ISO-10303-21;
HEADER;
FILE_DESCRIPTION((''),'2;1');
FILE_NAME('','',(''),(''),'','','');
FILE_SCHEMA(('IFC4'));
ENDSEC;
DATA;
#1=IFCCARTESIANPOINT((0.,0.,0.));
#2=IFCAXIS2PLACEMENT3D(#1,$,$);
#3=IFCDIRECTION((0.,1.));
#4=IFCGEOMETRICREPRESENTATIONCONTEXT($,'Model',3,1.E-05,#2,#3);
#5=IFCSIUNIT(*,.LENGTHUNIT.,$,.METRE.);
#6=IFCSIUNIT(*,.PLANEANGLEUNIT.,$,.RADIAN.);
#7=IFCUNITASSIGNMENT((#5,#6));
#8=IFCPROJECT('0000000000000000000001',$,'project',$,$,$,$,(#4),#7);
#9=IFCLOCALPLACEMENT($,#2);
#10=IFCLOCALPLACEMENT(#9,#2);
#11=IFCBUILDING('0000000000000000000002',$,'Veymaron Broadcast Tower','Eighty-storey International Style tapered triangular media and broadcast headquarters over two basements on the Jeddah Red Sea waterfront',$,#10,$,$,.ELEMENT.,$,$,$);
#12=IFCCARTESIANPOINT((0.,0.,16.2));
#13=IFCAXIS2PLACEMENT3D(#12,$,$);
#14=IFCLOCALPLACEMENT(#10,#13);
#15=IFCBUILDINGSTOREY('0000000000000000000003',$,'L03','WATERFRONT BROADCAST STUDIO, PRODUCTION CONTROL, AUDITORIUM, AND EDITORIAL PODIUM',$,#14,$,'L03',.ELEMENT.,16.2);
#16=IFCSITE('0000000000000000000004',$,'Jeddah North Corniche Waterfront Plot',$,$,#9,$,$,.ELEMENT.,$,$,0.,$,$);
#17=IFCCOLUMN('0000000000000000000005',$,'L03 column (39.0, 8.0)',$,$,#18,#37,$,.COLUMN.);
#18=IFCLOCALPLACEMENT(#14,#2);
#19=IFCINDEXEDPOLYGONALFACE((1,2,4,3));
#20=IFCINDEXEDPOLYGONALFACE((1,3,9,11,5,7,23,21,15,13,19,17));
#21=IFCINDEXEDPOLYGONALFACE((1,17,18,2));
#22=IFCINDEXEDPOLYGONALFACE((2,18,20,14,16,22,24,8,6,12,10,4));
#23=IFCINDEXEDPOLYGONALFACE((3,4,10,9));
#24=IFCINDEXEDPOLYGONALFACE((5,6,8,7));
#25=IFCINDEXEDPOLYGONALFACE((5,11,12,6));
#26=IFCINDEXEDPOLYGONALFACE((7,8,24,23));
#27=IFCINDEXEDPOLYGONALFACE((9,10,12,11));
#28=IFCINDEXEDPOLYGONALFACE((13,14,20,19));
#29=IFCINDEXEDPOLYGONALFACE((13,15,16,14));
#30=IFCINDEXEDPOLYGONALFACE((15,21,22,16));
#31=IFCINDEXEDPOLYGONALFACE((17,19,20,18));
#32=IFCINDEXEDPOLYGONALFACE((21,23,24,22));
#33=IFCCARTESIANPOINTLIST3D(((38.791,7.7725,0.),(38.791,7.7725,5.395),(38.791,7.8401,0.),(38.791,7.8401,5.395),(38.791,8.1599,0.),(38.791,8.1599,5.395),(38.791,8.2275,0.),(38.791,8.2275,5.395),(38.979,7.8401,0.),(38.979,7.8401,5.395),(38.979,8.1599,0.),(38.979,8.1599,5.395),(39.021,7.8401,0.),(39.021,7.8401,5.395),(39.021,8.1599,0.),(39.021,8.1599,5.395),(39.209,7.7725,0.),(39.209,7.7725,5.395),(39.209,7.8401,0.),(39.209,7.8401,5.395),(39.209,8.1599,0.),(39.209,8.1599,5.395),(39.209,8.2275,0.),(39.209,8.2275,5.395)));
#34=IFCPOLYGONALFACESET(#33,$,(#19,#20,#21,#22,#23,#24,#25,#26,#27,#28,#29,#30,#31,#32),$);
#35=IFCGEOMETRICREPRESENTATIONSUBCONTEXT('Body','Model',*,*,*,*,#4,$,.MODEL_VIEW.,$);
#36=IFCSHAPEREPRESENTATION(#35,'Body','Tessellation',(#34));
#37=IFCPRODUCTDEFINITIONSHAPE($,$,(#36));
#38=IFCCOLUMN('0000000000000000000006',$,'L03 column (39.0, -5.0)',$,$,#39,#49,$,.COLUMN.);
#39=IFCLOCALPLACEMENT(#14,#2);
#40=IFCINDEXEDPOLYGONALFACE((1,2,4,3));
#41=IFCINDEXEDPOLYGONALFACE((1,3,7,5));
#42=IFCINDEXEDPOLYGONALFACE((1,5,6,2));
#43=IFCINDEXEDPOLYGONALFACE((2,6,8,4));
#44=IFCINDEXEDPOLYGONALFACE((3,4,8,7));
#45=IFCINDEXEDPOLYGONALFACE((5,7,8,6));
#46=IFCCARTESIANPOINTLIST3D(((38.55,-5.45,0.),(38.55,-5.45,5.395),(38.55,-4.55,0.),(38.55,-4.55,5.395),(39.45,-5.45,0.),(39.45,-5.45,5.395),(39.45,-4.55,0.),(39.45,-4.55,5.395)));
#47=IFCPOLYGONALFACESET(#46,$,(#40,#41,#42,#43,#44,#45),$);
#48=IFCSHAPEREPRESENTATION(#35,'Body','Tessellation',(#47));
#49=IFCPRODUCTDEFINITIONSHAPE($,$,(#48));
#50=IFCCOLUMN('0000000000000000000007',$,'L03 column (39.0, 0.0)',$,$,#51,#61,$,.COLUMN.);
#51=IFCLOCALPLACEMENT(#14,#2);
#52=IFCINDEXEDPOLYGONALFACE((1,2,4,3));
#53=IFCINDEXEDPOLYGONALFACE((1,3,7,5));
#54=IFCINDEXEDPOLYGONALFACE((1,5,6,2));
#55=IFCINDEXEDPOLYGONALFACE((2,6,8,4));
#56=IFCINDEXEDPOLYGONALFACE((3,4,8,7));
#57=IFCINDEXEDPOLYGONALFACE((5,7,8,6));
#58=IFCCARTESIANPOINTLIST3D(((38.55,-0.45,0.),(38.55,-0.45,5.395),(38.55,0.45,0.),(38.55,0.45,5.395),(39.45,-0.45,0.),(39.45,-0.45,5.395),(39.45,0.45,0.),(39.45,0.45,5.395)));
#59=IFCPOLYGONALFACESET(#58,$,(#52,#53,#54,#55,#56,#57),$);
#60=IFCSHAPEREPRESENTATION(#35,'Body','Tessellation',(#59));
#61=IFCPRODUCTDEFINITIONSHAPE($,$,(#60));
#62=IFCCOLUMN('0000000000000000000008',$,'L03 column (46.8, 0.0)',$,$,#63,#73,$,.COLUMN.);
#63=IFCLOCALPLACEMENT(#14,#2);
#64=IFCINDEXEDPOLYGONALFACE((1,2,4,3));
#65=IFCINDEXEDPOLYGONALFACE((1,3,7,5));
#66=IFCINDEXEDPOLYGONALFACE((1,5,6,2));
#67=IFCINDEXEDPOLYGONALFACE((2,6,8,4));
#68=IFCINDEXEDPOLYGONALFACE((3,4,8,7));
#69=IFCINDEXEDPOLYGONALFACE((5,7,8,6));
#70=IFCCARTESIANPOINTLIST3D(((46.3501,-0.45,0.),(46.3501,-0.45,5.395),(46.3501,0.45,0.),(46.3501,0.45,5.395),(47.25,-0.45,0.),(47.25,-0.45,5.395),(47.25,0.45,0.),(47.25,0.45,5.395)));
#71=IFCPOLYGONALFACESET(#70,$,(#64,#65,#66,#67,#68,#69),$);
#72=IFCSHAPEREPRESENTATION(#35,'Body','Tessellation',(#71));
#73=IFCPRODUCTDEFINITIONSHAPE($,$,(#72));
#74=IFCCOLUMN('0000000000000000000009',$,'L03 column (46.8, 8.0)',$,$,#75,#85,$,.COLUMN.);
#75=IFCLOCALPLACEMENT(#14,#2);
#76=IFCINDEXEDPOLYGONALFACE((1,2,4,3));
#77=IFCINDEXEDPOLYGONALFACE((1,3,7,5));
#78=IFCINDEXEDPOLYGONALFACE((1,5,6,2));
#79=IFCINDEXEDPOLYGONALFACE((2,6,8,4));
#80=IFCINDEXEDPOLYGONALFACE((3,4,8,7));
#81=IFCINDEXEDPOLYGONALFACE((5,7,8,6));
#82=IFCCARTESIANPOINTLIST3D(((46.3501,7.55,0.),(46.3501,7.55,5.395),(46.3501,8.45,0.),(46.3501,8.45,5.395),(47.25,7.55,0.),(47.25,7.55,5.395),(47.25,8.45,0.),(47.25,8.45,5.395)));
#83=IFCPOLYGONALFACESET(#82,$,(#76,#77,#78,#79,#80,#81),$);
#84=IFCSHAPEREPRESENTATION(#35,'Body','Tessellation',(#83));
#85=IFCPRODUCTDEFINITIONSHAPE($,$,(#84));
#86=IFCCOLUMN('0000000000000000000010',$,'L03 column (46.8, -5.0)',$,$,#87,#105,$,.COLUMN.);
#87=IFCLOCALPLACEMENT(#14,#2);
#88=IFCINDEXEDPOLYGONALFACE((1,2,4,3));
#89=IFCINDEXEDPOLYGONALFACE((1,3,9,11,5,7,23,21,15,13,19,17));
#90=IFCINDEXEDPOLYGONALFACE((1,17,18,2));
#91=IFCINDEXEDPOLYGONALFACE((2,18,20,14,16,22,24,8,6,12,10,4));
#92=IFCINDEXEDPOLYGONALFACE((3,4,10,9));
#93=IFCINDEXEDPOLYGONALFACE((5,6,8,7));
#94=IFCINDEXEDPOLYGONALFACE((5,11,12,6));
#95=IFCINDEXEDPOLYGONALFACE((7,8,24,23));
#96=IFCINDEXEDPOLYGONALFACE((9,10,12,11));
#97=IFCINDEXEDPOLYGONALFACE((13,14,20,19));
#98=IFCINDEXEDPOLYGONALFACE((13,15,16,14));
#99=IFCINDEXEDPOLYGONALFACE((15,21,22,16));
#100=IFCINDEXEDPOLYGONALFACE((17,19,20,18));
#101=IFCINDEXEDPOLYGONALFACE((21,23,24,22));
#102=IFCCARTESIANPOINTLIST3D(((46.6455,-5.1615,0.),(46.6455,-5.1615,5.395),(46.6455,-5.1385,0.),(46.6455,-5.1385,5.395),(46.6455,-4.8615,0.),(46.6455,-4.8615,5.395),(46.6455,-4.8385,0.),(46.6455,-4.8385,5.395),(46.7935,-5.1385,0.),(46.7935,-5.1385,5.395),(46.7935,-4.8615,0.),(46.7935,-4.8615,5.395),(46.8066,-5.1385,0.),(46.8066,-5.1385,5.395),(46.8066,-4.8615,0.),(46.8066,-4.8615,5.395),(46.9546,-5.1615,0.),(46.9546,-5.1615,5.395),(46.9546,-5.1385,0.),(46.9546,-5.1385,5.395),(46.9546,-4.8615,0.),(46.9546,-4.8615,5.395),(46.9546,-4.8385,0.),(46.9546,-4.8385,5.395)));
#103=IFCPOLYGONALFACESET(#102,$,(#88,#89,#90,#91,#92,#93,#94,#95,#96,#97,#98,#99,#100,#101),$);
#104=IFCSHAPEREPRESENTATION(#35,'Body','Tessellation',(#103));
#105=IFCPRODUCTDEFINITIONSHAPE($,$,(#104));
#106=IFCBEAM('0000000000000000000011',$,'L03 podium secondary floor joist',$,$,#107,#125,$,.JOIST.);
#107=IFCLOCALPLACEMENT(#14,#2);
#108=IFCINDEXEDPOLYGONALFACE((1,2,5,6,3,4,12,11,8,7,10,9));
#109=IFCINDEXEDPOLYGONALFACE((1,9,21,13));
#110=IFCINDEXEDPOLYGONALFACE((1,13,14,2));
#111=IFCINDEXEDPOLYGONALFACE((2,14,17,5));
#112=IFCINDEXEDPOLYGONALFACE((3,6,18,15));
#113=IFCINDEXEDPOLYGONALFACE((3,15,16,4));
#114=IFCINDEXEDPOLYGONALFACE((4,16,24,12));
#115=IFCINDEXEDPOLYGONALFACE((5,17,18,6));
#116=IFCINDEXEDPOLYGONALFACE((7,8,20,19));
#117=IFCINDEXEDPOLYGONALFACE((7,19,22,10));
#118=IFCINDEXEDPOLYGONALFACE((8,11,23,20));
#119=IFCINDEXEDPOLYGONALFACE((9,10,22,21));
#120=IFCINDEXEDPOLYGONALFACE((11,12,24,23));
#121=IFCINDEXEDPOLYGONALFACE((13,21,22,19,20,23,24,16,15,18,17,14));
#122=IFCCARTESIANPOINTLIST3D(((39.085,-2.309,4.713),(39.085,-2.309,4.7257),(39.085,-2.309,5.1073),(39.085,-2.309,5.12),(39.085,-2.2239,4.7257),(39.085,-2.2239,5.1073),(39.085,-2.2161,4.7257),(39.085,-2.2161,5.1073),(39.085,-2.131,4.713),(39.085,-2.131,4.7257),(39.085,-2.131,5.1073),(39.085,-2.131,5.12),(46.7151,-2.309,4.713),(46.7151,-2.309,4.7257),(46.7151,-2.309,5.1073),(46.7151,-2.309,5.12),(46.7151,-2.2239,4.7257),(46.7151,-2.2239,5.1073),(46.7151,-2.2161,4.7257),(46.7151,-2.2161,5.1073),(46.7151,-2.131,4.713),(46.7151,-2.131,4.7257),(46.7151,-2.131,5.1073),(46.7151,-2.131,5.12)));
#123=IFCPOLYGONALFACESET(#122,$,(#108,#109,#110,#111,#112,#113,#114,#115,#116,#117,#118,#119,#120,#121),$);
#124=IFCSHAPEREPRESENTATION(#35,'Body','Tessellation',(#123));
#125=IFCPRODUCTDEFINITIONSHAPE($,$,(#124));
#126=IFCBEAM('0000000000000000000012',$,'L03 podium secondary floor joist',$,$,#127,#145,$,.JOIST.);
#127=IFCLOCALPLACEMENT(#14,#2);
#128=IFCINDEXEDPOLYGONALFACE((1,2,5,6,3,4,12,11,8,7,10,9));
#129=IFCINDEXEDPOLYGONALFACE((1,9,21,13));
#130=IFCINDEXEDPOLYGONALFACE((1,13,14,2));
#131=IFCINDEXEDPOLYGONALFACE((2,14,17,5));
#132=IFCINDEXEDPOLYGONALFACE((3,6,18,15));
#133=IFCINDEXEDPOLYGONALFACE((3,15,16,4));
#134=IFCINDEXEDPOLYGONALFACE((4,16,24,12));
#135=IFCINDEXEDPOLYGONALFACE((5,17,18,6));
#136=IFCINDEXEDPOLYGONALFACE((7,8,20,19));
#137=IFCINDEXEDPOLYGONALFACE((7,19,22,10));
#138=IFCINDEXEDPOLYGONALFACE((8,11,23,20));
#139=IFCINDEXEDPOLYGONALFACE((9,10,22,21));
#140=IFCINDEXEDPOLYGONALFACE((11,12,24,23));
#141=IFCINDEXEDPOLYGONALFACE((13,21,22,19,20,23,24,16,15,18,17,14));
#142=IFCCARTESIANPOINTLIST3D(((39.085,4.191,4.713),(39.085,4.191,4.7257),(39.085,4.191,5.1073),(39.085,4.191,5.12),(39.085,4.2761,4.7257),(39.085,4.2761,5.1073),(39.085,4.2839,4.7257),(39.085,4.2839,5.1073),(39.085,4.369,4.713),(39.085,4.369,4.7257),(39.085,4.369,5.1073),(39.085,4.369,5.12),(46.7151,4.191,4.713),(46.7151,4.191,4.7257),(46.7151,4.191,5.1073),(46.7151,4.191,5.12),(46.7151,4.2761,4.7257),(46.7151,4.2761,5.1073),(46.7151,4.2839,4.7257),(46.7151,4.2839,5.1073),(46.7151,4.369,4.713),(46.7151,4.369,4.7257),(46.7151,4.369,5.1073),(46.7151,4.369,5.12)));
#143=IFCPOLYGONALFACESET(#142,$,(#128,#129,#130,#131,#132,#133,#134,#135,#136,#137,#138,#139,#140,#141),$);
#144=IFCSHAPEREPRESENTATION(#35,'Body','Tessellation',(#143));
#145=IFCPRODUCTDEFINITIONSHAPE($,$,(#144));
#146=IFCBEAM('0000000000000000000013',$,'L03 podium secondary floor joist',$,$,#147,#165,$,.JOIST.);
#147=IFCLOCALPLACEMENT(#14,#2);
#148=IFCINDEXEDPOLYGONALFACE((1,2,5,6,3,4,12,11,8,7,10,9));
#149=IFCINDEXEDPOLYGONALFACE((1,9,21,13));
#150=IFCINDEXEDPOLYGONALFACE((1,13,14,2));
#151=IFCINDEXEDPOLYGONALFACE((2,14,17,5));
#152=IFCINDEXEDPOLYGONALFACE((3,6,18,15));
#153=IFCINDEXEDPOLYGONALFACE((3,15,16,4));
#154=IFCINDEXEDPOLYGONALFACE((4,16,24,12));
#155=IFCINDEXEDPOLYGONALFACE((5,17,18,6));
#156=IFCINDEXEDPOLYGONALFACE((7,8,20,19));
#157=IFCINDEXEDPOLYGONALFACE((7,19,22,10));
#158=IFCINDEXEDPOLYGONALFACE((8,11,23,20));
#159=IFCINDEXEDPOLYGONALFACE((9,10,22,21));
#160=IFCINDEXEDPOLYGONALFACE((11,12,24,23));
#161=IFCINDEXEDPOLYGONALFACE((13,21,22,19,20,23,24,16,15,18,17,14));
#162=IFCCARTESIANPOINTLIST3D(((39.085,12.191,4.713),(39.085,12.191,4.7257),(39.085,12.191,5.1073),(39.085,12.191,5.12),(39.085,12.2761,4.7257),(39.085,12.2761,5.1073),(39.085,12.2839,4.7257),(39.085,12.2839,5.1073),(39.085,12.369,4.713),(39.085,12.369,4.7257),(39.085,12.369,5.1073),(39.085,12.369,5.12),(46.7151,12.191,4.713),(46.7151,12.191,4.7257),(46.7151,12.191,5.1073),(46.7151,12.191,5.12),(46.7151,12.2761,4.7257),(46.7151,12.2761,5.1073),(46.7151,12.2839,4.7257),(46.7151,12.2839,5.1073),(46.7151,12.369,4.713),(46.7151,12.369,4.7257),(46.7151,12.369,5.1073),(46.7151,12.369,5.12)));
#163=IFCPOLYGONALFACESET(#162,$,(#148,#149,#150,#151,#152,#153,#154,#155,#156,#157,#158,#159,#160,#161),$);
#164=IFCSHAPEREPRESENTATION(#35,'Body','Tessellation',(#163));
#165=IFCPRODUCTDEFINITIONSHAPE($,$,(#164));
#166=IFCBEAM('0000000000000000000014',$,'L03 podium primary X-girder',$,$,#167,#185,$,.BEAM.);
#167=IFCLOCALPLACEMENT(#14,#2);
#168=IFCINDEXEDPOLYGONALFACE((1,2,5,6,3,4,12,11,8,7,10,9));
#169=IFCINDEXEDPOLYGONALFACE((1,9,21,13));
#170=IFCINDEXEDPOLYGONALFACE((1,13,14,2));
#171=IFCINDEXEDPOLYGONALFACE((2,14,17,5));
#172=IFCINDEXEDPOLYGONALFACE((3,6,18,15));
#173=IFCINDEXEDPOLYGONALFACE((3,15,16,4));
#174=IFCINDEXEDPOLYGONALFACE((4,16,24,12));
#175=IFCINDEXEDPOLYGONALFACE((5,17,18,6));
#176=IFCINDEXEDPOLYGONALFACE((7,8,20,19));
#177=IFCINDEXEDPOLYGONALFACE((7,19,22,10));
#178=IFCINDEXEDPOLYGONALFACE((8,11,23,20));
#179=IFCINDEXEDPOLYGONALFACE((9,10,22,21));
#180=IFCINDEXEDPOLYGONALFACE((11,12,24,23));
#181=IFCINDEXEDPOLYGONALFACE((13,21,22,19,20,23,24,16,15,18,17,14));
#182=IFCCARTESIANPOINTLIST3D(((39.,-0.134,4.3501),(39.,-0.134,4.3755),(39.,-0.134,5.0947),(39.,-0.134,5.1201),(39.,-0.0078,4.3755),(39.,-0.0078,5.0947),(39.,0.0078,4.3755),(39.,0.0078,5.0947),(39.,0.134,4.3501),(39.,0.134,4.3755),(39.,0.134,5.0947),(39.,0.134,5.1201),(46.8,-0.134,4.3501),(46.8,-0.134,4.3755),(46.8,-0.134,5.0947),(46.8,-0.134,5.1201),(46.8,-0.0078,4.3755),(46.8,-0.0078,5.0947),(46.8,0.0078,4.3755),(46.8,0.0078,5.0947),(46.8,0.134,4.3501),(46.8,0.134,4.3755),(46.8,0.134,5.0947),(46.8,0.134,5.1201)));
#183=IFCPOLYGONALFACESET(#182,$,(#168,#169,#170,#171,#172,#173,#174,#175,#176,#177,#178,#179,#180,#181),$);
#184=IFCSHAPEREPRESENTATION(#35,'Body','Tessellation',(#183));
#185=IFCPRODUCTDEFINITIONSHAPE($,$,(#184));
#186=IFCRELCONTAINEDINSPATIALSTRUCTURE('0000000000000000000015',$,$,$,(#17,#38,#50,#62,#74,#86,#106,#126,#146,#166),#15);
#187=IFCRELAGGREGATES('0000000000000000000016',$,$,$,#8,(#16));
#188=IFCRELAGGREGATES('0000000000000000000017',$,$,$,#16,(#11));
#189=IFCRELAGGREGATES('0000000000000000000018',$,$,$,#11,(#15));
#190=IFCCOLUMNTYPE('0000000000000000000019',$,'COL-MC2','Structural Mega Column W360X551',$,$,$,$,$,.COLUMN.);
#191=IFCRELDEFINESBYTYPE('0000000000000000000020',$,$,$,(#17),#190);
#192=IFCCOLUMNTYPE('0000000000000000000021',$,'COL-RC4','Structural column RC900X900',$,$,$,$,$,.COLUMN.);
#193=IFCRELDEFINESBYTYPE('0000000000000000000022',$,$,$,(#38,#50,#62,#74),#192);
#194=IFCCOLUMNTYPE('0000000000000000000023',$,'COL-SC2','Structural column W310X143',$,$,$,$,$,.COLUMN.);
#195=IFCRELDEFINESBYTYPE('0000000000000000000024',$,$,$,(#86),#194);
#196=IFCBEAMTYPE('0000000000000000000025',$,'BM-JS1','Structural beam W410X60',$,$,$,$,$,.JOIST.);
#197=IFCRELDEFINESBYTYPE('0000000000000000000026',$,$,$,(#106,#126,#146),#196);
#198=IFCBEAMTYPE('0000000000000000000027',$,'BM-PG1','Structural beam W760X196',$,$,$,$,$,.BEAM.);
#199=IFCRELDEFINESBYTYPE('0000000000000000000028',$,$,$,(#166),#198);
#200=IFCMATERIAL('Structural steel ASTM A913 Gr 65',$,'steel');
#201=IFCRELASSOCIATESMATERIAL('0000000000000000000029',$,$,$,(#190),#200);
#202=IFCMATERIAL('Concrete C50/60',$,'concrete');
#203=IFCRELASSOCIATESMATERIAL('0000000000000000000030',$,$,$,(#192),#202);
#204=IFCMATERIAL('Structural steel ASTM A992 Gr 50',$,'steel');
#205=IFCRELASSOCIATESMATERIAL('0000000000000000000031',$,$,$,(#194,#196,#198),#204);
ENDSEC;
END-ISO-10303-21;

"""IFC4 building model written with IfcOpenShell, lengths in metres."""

from ifc_helpers import new_model, si_unit, direction, frame, origin, origin_2d, place, context, subcontext, project, spatial, rectangle, i_section, extrude, material, material_profile, profile_set, type_object, element, save


model = new_model("IFC4")

# Units and contexts
model_context = context("Model", 3, precision=1e-05, world=origin(), true_north=direction((0.0, 1.0)))
body_context = subcontext(model_context, "Body", "Model", "MODEL_VIEW")
ifc_project = project(units=[si_unit("LENGTHUNIT", "METRE"), si_unit("PLANEANGLEUNIT", "RADIAN")], contexts=[model_context])

# Site, building, storey
site_placement = place(None, origin())
site = spatial("IfcSite", under=ifc_project, at=site_placement, Name="Jeddah North Corniche Waterfront Plot", CompositionType="ELEMENT", RefElevation=0.0)
building_placement = place(site_placement, origin())
building = spatial("IfcBuilding", under=site, at=building_placement, Name="Veymaron Broadcast Tower", Description="Eighty-storey International Style tapered triangular media and broadcast headquarters over two basements on the Jeddah Red Sea waterfront", CompositionType="ELEMENT")
storey_placement = place(building_placement, frame((0.0, 0.0, 16.2)))
storey = spatial("IfcBuildingStorey", under=building, at=storey_placement, Name="L03", Description="WATERFRONT BROADCAST STUDIO, PRODUCTION CONTROL, AUDITORIUM, AND EDITORIAL PODIUM", LongName="L03", CompositionType="ELEMENT", Elevation=16.2)

# Columns
ifc_material_1 = material(Name="Structural steel ASTM A913 Gr 65", Category="steel")
ifc_material_profile_1 = material_profile(ifc_material_1, i_section(OverallWidth=0.418, OverallDepth=0.4551, WebThickness=0.042, FlangeThickness=0.0676, at=origin_2d()), Name="W360X551")
ifc_profile_set_1 = profile_set([ifc_material_profile_1], Name="Structural steel ASTM A913 Gr 65")
column_type_1 = type_object("IfcColumnType", Name="COL-MC2", Description="Structural Mega Column W360X551", PredefinedType="COLUMN", material=ifc_profile_set_1)
column_1_placement = place(storey_placement, frame((39.0, 8.0, 0.0), z_axis=(0.0, 0.0, 1.0), x_axis=(1.0, 0.0, 0.0)))
element("IfcColumn", 1, at=column_1_placement, inside=storey, type_object=column_type_1, Name="L03 column (39.0, 8.0)", PredefinedType="COLUMN", context=body_context, shape_type="SweptSolid", body=[
    extrude(i_section(OverallWidth=0.418, OverallDepth=0.4551, WebThickness=0.042, FlangeThickness=0.0676, at=origin_2d()), origin(), (0.0, 0.0, 1.0), 5.395),
])
ifc_material_2 = material(Name="Concrete C50/60", Category="concrete")
ifc_material_profile_2 = material_profile(ifc_material_2, rectangle(XDim=0.8999, YDim=0.8999, at=origin_2d()), Name="RC900X900")
ifc_profile_set_2 = profile_set([ifc_material_profile_2], Name="Concrete C50/60")
column_type_2 = type_object("IfcColumnType", Name="COL-RC4", Description="Structural column RC900X900", PredefinedType="COLUMN", material=ifc_profile_set_2)
for number, where, z_axis, x_axis, name in (
    (2, (39.0, -5.0, 0.0), (0.0, 0.0, 1.0), (1.0, 0.0, 0.0), "L03 column (39.0, -5.0)"),
    (3, (39.0, 0.0, 0.0), (0.0, 0.0, 1.0), (1.0, 0.0, 0.0), "L03 column (39.0, 0.0)"),
    (4, (46.8, 0.0, 0.0), (0.0, 0.0, 1.0), (1.0, 0.0, 0.0), "L03 column (46.8, 0.0)"),
    (5, (46.8, 8.0, 0.0), (0.0, 0.0, 1.0), (1.0, 0.0, 0.0), "L03 column (46.8, 8.0)"),
):
    element("IfcColumn", number, at=place(storey_placement, frame(where, z_axis=z_axis, x_axis=x_axis)), inside=storey, type_object=column_type_2, Name=name, PredefinedType="COLUMN", context=body_context, shape_type="SweptSolid", body=[
        extrude(rectangle(XDim=0.8999, YDim=0.8999, at=origin_2d()), origin(), (0.0, 0.0, 1.0), 5.395),
    ])
ifc_material_3 = material(Name="Structural steel ASTM A992 Gr 50", Category="steel")
ifc_material_profile_3 = material_profile(ifc_material_3, i_section(OverallWidth=0.3091, OverallDepth=0.323, WebThickness=0.0132, FlangeThickness=0.0229, at=origin_2d()), Name="W310X143")
ifc_profile_set_3 = profile_set([ifc_material_profile_3], Name="Structural steel ASTM A992 Gr 50")
column_type_3 = type_object("IfcColumnType", Name="COL-SC2", Description="Structural column W310X143", PredefinedType="COLUMN", material=ifc_profile_set_3)
column_2_placement = place(storey_placement, frame((46.8, -5.0, 0.0), z_axis=(0.0, 0.0, 1.0), x_axis=(1.0, 0.0, 0.0)))
element("IfcColumn", 6, at=column_2_placement, inside=storey, type_object=column_type_3, Name="L03 column (46.8, -5.0)", PredefinedType="COLUMN", context=body_context, shape_type="SweptSolid", body=[
    extrude(i_section(OverallWidth=0.3091, OverallDepth=0.323, WebThickness=0.0132, FlangeThickness=0.0229, at=origin_2d()), origin(), (0.0, 0.0, 1.0), 5.395),
])

# Beams
ifc_material_profile_4 = material_profile(ifc_material_3, i_section(OverallWidth=0.178, OverallDepth=0.407, WebThickness=0.0078, FlangeThickness=0.0127, at=origin_2d()), Name="W410X60")
ifc_profile_set_4 = profile_set([ifc_material_profile_4], Name="Structural steel ASTM A992 Gr 50")
beam_type_1 = type_object("IfcBeamType", Name="BM-JS1", Description="Structural beam W410X60", PredefinedType="JOIST", material=ifc_profile_set_4)
for number, where, z_axis, x_axis, name in (
    (7, (39.085, -2.22, 4.9165), (1.0, 0.0, 0.0), (0.0, 1.0, 0.0), "L03 podium secondary floor joist"),
    (8, (39.085, 4.28, 4.9165), (1.0, 0.0, 0.0), (0.0, 1.0, 0.0), "L03 podium secondary floor joist"),
    (9, (39.085, 12.28, 4.9165), (1.0, 0.0, 0.0), (0.0, 1.0, 0.0), "L03 podium secondary floor joist"),
):
    element("IfcBeam", number, at=place(storey_placement, frame(where, z_axis=z_axis, x_axis=x_axis)), inside=storey, type_object=beam_type_1, Name=name, PredefinedType="JOIST", context=body_context, shape_type="SweptSolid", body=[
        extrude(i_section(OverallWidth=0.178, OverallDepth=0.407, WebThickness=0.0078, FlangeThickness=0.0127, at=origin_2d()), origin(), (0.0, 0.0, 1.0), 7.6301),
    ])
ifc_material_profile_5 = material_profile(ifc_material_3, i_section(OverallWidth=0.2681, OverallDepth=0.77, WebThickness=0.0156, FlangeThickness=0.0254, at=origin_2d()), Name="W760X196")
ifc_profile_set_5 = profile_set([ifc_material_profile_5], Name="Structural steel ASTM A992 Gr 50")
beam_type_2 = type_object("IfcBeamType", Name="BM-PG1", Description="Structural beam W760X196", PredefinedType="BEAM", material=ifc_profile_set_5)
for number, where, z_axis, x_axis, name in (
    (10, (39.0, 0.0, 4.7351), (1.0, 0.0, 0.0), (0.0, 1.0, 0.0), "L03 podium primary X-girder"),
):
    element("IfcBeam", number, at=place(storey_placement, frame(where, z_axis=z_axis, x_axis=x_axis)), inside=storey, type_object=beam_type_2, Name=name, PredefinedType="BEAM", context=body_context, shape_type="SweptSolid", body=[
        extrude(i_section(OverallWidth=0.2681, OverallDepth=0.77, WebThickness=0.0156, FlangeThickness=0.0254, at=origin_2d()), origin(), (0.0, 0.0, 1.0), 7.8),
    ])

save(model, "model.ifc")
